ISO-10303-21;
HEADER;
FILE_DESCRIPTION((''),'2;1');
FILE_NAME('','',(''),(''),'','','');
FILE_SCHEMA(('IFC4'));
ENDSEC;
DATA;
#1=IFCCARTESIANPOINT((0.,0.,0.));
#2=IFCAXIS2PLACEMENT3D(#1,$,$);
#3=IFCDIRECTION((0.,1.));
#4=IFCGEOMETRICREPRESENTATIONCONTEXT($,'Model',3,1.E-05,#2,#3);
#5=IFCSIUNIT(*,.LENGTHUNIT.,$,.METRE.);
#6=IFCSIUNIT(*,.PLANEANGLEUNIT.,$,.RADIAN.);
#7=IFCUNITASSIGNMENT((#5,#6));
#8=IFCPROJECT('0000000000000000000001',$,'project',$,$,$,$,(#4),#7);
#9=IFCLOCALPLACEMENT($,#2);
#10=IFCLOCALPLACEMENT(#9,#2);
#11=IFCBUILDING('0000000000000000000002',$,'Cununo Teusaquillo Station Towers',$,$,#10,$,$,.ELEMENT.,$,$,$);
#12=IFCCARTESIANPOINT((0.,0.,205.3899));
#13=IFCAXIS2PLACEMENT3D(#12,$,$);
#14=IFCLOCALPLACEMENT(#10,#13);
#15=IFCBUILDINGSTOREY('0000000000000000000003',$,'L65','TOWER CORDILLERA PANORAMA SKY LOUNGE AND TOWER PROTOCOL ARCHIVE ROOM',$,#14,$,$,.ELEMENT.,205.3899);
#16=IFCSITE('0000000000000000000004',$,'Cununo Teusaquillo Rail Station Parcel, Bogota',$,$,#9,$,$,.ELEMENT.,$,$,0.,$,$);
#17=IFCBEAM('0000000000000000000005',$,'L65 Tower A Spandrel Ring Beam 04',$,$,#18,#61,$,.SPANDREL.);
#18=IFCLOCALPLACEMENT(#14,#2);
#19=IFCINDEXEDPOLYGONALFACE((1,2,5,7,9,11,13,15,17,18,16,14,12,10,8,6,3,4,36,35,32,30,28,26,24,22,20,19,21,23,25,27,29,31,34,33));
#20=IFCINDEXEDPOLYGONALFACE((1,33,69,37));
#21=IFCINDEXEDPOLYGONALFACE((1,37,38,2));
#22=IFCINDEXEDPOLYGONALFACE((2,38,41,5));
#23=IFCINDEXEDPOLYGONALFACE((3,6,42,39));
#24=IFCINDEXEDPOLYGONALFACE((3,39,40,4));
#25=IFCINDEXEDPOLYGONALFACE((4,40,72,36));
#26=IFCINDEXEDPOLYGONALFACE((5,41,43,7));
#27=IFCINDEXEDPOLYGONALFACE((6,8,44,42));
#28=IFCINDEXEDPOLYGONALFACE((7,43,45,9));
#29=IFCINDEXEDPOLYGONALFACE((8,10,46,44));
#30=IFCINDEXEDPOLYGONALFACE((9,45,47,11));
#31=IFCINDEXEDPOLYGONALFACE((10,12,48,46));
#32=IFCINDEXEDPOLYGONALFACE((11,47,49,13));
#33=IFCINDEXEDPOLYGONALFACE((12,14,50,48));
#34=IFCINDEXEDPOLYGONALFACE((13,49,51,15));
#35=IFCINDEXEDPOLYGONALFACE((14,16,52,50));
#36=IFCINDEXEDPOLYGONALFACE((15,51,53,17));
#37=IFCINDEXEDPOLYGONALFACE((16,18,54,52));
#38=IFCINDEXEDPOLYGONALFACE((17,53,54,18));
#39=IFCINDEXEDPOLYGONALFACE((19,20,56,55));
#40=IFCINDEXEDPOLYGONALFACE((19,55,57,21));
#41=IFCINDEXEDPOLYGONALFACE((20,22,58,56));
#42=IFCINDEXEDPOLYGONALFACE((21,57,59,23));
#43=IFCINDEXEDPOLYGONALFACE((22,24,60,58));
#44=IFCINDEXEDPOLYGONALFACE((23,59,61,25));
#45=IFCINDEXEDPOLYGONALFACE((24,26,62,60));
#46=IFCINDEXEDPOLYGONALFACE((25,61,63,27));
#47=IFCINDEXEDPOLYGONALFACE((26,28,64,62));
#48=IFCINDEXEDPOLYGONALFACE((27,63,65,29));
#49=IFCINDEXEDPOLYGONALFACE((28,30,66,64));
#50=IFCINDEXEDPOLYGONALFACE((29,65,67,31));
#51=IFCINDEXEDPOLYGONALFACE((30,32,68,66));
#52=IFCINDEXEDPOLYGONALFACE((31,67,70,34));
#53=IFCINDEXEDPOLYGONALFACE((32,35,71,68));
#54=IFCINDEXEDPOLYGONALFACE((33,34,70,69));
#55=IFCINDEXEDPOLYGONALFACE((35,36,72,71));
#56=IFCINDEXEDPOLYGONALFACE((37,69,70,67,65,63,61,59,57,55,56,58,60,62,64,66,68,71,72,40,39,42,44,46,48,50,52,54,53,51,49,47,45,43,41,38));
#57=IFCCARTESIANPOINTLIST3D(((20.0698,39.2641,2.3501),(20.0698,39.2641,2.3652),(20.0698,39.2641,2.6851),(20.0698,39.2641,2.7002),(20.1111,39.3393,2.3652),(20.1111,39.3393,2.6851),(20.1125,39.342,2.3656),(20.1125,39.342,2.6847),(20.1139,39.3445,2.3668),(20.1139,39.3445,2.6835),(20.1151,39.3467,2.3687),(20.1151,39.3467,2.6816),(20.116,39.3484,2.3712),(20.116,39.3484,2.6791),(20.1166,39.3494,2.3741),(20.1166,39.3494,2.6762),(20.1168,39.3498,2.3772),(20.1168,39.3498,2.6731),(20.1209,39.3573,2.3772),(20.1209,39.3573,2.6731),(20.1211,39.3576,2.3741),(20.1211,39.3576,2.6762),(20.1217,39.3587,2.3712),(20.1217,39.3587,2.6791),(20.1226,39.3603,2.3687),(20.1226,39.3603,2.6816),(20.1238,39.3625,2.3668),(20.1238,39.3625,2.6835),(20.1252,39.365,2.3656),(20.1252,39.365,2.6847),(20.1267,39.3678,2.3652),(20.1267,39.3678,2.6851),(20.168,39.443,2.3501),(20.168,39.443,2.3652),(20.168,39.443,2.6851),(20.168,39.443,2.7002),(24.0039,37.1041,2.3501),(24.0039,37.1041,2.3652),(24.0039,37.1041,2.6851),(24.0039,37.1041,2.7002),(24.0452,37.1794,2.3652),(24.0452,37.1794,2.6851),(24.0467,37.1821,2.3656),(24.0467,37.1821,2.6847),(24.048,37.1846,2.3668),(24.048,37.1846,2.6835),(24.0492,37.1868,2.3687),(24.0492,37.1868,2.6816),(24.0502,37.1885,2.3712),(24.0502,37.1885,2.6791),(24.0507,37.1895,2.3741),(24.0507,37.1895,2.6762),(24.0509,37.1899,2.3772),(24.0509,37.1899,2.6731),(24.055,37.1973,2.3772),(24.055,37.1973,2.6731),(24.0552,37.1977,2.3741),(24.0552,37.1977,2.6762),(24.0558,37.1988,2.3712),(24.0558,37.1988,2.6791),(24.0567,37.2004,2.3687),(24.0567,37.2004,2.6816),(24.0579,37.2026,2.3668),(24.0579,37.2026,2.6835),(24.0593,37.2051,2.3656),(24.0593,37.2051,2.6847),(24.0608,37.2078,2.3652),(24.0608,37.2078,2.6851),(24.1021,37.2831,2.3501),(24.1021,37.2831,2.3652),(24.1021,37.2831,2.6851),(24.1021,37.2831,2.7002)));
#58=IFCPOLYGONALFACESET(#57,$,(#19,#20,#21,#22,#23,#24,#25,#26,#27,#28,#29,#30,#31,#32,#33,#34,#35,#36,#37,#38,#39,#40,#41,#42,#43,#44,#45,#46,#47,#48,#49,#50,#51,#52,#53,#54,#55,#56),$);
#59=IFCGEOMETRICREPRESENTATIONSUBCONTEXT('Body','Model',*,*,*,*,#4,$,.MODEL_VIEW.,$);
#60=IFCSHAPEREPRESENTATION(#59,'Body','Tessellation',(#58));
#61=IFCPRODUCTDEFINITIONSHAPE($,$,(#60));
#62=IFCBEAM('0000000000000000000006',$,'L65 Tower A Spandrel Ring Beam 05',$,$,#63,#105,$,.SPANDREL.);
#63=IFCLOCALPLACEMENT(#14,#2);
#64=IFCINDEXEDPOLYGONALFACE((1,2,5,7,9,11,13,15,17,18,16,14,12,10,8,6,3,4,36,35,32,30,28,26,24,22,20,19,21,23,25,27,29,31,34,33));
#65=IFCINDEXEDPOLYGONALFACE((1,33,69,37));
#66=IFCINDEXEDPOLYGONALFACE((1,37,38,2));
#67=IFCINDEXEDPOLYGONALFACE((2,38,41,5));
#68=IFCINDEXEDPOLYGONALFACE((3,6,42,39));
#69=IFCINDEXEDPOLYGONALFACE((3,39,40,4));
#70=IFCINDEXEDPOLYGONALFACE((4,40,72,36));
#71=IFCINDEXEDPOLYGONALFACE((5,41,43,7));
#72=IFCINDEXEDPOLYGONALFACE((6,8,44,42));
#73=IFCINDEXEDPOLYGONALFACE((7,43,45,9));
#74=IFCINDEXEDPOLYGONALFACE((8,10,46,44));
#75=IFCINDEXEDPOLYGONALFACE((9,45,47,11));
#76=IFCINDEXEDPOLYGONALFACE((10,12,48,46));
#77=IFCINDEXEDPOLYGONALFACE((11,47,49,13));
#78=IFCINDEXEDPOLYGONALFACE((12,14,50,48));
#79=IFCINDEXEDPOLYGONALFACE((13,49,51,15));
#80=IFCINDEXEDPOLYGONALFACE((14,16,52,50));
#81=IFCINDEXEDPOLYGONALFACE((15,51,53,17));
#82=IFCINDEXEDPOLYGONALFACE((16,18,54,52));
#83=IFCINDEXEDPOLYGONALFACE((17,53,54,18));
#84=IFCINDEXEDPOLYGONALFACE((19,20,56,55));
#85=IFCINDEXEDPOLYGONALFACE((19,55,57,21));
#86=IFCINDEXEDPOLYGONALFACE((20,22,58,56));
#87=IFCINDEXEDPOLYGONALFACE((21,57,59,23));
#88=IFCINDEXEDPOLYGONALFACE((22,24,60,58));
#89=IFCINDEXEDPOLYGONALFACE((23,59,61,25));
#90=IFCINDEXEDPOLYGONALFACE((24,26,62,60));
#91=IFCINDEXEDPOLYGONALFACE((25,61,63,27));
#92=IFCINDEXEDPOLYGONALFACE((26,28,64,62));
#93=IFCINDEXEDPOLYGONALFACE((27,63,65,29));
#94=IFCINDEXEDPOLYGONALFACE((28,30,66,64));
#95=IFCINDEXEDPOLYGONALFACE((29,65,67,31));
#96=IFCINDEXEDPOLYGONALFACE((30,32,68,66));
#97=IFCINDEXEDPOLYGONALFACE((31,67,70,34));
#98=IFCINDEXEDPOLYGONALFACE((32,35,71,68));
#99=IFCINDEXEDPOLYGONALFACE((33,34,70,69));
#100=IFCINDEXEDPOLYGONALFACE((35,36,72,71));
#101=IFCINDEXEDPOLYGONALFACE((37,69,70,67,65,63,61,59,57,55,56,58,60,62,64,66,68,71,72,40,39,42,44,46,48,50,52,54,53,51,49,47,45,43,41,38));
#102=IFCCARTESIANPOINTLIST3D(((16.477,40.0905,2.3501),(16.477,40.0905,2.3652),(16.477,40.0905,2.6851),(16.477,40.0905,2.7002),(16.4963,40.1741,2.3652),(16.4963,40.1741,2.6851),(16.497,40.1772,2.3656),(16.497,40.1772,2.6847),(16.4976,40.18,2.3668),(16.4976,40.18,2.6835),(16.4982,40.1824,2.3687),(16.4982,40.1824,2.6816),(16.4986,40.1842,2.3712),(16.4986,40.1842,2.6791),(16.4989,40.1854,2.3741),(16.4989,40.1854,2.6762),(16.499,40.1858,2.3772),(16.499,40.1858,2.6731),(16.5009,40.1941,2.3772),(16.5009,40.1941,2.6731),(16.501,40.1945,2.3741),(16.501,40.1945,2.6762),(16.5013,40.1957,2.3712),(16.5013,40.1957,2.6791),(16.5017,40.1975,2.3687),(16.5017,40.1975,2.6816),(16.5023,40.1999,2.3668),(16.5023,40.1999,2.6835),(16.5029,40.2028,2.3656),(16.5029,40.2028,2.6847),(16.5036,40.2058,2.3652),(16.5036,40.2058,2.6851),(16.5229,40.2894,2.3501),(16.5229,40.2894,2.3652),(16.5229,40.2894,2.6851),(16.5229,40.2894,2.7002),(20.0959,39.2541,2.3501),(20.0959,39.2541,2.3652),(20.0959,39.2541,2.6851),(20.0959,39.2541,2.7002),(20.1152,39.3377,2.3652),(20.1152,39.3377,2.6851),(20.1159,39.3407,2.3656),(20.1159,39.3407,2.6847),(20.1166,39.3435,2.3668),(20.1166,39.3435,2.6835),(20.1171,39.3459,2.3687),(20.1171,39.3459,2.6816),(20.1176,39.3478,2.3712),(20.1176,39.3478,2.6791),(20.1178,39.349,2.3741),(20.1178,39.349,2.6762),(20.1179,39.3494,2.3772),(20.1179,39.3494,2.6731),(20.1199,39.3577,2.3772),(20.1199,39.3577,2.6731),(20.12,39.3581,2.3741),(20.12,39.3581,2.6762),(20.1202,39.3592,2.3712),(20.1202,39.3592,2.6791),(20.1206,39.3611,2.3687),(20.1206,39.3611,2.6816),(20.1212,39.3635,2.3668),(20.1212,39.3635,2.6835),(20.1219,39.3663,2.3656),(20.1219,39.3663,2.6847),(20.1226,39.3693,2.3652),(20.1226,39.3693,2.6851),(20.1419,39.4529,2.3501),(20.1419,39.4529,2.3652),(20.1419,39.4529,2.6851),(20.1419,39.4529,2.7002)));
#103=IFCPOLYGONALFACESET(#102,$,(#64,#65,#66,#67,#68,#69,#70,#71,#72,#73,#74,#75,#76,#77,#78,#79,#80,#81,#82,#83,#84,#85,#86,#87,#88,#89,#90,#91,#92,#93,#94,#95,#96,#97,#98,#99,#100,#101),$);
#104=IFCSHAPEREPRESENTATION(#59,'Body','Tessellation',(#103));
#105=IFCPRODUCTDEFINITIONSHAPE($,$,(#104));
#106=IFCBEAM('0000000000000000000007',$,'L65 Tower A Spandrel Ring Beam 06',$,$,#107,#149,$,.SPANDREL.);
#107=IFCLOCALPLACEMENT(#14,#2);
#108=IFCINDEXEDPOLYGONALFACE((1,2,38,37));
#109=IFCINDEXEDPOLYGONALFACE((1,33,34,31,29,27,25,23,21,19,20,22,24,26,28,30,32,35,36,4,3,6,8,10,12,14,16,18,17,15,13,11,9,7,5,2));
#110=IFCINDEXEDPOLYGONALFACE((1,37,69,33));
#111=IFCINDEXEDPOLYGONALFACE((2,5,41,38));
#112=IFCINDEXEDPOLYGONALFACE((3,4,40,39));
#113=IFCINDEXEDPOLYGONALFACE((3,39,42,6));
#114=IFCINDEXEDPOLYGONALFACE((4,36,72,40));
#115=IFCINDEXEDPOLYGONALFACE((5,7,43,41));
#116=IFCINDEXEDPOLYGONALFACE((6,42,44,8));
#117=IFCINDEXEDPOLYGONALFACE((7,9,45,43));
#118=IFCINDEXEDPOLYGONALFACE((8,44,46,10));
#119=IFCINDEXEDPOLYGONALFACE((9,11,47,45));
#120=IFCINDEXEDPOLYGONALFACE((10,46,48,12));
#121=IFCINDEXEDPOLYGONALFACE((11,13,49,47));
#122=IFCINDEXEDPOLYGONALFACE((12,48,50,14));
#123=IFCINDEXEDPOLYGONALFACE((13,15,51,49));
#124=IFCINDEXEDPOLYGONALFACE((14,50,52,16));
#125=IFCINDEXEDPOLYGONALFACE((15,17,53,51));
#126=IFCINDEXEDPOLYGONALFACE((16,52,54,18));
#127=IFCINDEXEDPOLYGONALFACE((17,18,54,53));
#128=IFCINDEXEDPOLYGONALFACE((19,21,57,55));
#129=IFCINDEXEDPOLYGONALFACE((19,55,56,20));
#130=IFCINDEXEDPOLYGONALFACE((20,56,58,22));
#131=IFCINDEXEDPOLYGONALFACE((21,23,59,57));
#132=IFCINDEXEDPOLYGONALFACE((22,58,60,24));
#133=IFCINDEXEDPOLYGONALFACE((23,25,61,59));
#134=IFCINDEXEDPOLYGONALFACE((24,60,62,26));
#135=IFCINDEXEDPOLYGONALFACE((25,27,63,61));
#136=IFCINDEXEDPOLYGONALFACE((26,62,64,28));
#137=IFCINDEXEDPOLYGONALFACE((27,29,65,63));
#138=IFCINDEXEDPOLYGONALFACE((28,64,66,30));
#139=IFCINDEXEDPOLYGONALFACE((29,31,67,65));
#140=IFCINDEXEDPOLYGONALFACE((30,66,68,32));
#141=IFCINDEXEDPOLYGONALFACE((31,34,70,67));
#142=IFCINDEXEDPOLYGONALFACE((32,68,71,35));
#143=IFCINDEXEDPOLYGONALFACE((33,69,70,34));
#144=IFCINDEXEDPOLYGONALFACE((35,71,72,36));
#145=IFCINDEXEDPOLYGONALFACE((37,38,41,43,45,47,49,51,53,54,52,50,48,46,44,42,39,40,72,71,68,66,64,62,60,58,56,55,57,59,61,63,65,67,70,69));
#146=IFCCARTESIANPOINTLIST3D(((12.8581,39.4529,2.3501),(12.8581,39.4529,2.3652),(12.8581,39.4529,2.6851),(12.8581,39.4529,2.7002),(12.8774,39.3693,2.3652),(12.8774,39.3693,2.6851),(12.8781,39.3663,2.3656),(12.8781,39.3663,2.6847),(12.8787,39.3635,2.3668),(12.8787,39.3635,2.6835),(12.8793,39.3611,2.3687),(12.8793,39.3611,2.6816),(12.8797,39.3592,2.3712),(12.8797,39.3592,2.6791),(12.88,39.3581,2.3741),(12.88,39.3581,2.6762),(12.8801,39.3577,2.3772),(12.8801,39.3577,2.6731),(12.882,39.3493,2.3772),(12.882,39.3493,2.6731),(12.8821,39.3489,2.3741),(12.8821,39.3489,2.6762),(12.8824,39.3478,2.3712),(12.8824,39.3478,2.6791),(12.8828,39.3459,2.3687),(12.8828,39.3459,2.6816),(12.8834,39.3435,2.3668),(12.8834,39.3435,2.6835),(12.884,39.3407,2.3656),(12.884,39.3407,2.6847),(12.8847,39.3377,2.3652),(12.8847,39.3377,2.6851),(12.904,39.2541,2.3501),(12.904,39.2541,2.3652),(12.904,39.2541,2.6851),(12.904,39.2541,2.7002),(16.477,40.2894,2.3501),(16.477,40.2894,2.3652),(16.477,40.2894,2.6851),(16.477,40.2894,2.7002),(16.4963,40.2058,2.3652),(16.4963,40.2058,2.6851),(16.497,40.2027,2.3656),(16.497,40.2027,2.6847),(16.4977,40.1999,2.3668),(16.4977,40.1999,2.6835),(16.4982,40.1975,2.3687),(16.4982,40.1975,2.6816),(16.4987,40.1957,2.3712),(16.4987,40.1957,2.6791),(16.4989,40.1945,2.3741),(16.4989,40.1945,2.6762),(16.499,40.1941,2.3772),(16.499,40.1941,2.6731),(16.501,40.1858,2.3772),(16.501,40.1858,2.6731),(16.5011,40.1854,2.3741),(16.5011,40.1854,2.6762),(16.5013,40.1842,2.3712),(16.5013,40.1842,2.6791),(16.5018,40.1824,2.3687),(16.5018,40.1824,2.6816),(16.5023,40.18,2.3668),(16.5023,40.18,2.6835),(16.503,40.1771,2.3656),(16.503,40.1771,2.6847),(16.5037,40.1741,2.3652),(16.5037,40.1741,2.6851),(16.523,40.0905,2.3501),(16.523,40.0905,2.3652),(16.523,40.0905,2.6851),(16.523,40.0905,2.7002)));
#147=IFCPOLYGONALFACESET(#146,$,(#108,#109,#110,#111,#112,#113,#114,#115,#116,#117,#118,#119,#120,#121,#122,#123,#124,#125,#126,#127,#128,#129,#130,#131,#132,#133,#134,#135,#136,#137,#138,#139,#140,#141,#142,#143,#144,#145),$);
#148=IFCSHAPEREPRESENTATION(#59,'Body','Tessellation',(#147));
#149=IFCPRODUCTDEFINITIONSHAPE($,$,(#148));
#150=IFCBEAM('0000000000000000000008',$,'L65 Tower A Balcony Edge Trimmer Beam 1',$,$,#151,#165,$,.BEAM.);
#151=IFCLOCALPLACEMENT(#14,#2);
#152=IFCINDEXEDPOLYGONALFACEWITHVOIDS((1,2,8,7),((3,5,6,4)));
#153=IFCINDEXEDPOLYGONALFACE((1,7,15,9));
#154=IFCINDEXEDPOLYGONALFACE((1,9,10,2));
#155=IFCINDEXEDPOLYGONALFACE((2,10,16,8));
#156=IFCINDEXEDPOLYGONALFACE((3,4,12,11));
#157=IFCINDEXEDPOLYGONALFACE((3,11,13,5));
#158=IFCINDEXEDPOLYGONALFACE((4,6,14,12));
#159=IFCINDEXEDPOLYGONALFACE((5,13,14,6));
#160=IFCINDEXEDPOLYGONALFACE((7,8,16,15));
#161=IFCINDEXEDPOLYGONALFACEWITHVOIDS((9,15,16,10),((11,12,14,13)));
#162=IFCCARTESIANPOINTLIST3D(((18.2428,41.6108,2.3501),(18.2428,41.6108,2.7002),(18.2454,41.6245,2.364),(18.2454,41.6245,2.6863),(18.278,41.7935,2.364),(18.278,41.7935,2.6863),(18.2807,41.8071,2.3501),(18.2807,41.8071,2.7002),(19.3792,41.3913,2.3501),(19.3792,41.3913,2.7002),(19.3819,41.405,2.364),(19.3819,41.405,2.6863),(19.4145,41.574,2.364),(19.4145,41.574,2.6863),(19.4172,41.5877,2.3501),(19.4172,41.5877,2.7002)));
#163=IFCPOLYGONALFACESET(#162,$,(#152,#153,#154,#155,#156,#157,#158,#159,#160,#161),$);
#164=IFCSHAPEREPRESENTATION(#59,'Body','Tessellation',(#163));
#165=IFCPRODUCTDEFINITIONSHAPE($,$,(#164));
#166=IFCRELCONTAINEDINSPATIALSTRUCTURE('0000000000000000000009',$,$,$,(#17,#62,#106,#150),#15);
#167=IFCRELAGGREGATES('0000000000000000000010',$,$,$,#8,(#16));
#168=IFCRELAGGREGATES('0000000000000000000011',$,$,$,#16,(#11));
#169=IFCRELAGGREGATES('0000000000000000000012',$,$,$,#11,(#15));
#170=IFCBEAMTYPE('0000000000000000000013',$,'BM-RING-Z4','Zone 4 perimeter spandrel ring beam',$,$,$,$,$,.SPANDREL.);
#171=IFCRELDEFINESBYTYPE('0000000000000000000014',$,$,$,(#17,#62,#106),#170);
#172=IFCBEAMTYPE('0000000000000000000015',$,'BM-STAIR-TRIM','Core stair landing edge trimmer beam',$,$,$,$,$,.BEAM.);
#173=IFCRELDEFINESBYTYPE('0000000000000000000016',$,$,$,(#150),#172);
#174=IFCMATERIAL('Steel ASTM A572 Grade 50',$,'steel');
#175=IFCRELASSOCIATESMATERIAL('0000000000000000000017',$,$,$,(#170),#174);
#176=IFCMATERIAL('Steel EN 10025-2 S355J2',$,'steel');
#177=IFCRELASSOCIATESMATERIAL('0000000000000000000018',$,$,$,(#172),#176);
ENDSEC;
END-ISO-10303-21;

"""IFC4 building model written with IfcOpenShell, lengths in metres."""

from ifc_helpers import new_model, si_unit, direction, frame, origin, origin_2d, place, context, subcontext, project, spatial, hollow_rectangle, i_section, extrude, material, material_profile, profile_set, type_object, element, save


model = new_model("IFC4")

# Units and contexts
model_context = context("Model", 3, precision=1e-05, world=origin(), true_north=direction((0.0, 1.0)))
body_context = subcontext(model_context, "Body", "Model", "MODEL_VIEW")
ifc_project = project(units=[si_unit("LENGTHUNIT", "METRE"), si_unit("PLANEANGLEUNIT", "RADIAN")], contexts=[model_context])

# Site, building, storey
site_placement = place(None, origin())
site = spatial("IfcSite", under=ifc_project, at=site_placement, Name="Cununo Teusaquillo Rail Station Parcel, Bogota", CompositionType="ELEMENT", RefElevation=0.0)
building_placement = place(site_placement, origin())
building = spatial("IfcBuilding", under=site, at=building_placement, Name="Cununo Teusaquillo Station Towers", CompositionType="ELEMENT")
storey_placement = place(building_placement, frame((0.0, 0.0, 205.3899)))
storey = spatial("IfcBuildingStorey", under=building, at=storey_placement, Name="L65", Description="TOWER CORDILLERA PANORAMA SKY LOUNGE AND TOWER PROTOCOL ARCHIVE ROOM", CompositionType="ELEMENT", Elevation=205.3899)

# Beams
ifc_material_1 = material(Name="Steel ASTM A572 Grade 50", Category="steel")
ifc_material_profile_1 = material_profile(ifc_material_1, i_section(OverallWidth=0.2041, OverallDepth=0.3501, WebThickness=0.0085, FlangeThickness=0.0151, FilletRadius=0.012, at=origin_2d()), Name="W14X48")
ifc_profile_set_1 = profile_set([ifc_material_profile_1], Name="Steel ASTM A572 Grade 50")
beam_type_1 = type_object("IfcBeamType", Name="BM-RING-Z4", Description="Zone 4 perimeter spandrel ring beam", PredefinedType="SPANDREL", material=ifc_profile_set_1)
beam_1_placement = place(storey_placement, frame((24.053, 37.1936, 2.5251), z_axis=(-0.876576, 0.481263, 0.0), x_axis=(-0.481263, -0.876576, 0.0)))
element("IfcBeam", 1, at=beam_1_placement, inside=storey, type_object=beam_type_1, Name="L65 Tower A Spandrel Ring Beam 04", PredefinedType="SPANDREL", context=body_context, shape_type="SweptSolid", body=[
    extrude(i_section(OverallWidth=0.2041, OverallDepth=0.3501, WebThickness=0.0085, FlangeThickness=0.0151, FilletRadius=0.012, at=origin_2d()), origin(), (0.0, 0.0, 1.0), 4.488),
])
for number, where, z_axis, x_axis, name in (
    (2, (20.1189, 39.3535, 2.5251), (-0.974315, 0.225191, 0.0), (-0.225191, -0.974315, 0.0), "L65 Tower A Spandrel Ring Beam 05"),
    (3, (16.5, 40.1899, 2.5251), (-0.974315, -0.225191, 0.0), (0.225191, -0.974315, 0.0), "L65 Tower A Spandrel Ring Beam 06"),
):
    element("IfcBeam", number, at=place(storey_placement, frame(where, z_axis=z_axis, x_axis=x_axis)), inside=storey, type_object=beam_type_1, Name=name, PredefinedType="SPANDREL", context=body_context, shape_type="SweptSolid", body=[
        extrude(i_section(OverallWidth=0.2041, OverallDepth=0.3501, WebThickness=0.0085, FlangeThickness=0.0151, FilletRadius=0.012, at=origin_2d()), origin(), (0.0, 0.0, 1.0), 3.7144),
    ])
ifc_material_2 = material(Name="Steel EN 10025-2 S355J2", Category="steel")
ifc_material_profile_2 = material_profile(ifc_material_2, hollow_rectangle(XDim=0.2, YDim=0.3501, WallThickness=0.0139, at=origin_2d()), Name="RHS 350x200x14")
ifc_profile_set_2 = profile_set([ifc_material_profile_2], Name="Steel EN 10025-2 S355J2")
beam_type_2 = type_object("IfcBeamType", Name="BM-STAIR-TRIM", Description="Core stair landing edge trimmer beam", PredefinedType="BEAM", material=ifc_profile_set_2)
beam_2_placement = place(storey_placement, frame((19.3982, 41.4895, 2.5251), z_axis=(-0.981857, 0.189622, 0.0), x_axis=(-0.189622, -0.981857, 0.0)))
element("IfcBeam", 4, at=beam_2_placement, inside=storey, type_object=beam_type_2, Name="L65 Tower A Balcony Edge Trimmer Beam 1", PredefinedType="BEAM", context=body_context, shape_type="SweptSolid", body=[
    extrude(hollow_rectangle(XDim=0.2, YDim=0.3501, WallThickness=0.0139, at=origin_2d()), origin(), (0.0, 0.0, 1.0), 1.1575),
])

save(model, "model.ifc")
